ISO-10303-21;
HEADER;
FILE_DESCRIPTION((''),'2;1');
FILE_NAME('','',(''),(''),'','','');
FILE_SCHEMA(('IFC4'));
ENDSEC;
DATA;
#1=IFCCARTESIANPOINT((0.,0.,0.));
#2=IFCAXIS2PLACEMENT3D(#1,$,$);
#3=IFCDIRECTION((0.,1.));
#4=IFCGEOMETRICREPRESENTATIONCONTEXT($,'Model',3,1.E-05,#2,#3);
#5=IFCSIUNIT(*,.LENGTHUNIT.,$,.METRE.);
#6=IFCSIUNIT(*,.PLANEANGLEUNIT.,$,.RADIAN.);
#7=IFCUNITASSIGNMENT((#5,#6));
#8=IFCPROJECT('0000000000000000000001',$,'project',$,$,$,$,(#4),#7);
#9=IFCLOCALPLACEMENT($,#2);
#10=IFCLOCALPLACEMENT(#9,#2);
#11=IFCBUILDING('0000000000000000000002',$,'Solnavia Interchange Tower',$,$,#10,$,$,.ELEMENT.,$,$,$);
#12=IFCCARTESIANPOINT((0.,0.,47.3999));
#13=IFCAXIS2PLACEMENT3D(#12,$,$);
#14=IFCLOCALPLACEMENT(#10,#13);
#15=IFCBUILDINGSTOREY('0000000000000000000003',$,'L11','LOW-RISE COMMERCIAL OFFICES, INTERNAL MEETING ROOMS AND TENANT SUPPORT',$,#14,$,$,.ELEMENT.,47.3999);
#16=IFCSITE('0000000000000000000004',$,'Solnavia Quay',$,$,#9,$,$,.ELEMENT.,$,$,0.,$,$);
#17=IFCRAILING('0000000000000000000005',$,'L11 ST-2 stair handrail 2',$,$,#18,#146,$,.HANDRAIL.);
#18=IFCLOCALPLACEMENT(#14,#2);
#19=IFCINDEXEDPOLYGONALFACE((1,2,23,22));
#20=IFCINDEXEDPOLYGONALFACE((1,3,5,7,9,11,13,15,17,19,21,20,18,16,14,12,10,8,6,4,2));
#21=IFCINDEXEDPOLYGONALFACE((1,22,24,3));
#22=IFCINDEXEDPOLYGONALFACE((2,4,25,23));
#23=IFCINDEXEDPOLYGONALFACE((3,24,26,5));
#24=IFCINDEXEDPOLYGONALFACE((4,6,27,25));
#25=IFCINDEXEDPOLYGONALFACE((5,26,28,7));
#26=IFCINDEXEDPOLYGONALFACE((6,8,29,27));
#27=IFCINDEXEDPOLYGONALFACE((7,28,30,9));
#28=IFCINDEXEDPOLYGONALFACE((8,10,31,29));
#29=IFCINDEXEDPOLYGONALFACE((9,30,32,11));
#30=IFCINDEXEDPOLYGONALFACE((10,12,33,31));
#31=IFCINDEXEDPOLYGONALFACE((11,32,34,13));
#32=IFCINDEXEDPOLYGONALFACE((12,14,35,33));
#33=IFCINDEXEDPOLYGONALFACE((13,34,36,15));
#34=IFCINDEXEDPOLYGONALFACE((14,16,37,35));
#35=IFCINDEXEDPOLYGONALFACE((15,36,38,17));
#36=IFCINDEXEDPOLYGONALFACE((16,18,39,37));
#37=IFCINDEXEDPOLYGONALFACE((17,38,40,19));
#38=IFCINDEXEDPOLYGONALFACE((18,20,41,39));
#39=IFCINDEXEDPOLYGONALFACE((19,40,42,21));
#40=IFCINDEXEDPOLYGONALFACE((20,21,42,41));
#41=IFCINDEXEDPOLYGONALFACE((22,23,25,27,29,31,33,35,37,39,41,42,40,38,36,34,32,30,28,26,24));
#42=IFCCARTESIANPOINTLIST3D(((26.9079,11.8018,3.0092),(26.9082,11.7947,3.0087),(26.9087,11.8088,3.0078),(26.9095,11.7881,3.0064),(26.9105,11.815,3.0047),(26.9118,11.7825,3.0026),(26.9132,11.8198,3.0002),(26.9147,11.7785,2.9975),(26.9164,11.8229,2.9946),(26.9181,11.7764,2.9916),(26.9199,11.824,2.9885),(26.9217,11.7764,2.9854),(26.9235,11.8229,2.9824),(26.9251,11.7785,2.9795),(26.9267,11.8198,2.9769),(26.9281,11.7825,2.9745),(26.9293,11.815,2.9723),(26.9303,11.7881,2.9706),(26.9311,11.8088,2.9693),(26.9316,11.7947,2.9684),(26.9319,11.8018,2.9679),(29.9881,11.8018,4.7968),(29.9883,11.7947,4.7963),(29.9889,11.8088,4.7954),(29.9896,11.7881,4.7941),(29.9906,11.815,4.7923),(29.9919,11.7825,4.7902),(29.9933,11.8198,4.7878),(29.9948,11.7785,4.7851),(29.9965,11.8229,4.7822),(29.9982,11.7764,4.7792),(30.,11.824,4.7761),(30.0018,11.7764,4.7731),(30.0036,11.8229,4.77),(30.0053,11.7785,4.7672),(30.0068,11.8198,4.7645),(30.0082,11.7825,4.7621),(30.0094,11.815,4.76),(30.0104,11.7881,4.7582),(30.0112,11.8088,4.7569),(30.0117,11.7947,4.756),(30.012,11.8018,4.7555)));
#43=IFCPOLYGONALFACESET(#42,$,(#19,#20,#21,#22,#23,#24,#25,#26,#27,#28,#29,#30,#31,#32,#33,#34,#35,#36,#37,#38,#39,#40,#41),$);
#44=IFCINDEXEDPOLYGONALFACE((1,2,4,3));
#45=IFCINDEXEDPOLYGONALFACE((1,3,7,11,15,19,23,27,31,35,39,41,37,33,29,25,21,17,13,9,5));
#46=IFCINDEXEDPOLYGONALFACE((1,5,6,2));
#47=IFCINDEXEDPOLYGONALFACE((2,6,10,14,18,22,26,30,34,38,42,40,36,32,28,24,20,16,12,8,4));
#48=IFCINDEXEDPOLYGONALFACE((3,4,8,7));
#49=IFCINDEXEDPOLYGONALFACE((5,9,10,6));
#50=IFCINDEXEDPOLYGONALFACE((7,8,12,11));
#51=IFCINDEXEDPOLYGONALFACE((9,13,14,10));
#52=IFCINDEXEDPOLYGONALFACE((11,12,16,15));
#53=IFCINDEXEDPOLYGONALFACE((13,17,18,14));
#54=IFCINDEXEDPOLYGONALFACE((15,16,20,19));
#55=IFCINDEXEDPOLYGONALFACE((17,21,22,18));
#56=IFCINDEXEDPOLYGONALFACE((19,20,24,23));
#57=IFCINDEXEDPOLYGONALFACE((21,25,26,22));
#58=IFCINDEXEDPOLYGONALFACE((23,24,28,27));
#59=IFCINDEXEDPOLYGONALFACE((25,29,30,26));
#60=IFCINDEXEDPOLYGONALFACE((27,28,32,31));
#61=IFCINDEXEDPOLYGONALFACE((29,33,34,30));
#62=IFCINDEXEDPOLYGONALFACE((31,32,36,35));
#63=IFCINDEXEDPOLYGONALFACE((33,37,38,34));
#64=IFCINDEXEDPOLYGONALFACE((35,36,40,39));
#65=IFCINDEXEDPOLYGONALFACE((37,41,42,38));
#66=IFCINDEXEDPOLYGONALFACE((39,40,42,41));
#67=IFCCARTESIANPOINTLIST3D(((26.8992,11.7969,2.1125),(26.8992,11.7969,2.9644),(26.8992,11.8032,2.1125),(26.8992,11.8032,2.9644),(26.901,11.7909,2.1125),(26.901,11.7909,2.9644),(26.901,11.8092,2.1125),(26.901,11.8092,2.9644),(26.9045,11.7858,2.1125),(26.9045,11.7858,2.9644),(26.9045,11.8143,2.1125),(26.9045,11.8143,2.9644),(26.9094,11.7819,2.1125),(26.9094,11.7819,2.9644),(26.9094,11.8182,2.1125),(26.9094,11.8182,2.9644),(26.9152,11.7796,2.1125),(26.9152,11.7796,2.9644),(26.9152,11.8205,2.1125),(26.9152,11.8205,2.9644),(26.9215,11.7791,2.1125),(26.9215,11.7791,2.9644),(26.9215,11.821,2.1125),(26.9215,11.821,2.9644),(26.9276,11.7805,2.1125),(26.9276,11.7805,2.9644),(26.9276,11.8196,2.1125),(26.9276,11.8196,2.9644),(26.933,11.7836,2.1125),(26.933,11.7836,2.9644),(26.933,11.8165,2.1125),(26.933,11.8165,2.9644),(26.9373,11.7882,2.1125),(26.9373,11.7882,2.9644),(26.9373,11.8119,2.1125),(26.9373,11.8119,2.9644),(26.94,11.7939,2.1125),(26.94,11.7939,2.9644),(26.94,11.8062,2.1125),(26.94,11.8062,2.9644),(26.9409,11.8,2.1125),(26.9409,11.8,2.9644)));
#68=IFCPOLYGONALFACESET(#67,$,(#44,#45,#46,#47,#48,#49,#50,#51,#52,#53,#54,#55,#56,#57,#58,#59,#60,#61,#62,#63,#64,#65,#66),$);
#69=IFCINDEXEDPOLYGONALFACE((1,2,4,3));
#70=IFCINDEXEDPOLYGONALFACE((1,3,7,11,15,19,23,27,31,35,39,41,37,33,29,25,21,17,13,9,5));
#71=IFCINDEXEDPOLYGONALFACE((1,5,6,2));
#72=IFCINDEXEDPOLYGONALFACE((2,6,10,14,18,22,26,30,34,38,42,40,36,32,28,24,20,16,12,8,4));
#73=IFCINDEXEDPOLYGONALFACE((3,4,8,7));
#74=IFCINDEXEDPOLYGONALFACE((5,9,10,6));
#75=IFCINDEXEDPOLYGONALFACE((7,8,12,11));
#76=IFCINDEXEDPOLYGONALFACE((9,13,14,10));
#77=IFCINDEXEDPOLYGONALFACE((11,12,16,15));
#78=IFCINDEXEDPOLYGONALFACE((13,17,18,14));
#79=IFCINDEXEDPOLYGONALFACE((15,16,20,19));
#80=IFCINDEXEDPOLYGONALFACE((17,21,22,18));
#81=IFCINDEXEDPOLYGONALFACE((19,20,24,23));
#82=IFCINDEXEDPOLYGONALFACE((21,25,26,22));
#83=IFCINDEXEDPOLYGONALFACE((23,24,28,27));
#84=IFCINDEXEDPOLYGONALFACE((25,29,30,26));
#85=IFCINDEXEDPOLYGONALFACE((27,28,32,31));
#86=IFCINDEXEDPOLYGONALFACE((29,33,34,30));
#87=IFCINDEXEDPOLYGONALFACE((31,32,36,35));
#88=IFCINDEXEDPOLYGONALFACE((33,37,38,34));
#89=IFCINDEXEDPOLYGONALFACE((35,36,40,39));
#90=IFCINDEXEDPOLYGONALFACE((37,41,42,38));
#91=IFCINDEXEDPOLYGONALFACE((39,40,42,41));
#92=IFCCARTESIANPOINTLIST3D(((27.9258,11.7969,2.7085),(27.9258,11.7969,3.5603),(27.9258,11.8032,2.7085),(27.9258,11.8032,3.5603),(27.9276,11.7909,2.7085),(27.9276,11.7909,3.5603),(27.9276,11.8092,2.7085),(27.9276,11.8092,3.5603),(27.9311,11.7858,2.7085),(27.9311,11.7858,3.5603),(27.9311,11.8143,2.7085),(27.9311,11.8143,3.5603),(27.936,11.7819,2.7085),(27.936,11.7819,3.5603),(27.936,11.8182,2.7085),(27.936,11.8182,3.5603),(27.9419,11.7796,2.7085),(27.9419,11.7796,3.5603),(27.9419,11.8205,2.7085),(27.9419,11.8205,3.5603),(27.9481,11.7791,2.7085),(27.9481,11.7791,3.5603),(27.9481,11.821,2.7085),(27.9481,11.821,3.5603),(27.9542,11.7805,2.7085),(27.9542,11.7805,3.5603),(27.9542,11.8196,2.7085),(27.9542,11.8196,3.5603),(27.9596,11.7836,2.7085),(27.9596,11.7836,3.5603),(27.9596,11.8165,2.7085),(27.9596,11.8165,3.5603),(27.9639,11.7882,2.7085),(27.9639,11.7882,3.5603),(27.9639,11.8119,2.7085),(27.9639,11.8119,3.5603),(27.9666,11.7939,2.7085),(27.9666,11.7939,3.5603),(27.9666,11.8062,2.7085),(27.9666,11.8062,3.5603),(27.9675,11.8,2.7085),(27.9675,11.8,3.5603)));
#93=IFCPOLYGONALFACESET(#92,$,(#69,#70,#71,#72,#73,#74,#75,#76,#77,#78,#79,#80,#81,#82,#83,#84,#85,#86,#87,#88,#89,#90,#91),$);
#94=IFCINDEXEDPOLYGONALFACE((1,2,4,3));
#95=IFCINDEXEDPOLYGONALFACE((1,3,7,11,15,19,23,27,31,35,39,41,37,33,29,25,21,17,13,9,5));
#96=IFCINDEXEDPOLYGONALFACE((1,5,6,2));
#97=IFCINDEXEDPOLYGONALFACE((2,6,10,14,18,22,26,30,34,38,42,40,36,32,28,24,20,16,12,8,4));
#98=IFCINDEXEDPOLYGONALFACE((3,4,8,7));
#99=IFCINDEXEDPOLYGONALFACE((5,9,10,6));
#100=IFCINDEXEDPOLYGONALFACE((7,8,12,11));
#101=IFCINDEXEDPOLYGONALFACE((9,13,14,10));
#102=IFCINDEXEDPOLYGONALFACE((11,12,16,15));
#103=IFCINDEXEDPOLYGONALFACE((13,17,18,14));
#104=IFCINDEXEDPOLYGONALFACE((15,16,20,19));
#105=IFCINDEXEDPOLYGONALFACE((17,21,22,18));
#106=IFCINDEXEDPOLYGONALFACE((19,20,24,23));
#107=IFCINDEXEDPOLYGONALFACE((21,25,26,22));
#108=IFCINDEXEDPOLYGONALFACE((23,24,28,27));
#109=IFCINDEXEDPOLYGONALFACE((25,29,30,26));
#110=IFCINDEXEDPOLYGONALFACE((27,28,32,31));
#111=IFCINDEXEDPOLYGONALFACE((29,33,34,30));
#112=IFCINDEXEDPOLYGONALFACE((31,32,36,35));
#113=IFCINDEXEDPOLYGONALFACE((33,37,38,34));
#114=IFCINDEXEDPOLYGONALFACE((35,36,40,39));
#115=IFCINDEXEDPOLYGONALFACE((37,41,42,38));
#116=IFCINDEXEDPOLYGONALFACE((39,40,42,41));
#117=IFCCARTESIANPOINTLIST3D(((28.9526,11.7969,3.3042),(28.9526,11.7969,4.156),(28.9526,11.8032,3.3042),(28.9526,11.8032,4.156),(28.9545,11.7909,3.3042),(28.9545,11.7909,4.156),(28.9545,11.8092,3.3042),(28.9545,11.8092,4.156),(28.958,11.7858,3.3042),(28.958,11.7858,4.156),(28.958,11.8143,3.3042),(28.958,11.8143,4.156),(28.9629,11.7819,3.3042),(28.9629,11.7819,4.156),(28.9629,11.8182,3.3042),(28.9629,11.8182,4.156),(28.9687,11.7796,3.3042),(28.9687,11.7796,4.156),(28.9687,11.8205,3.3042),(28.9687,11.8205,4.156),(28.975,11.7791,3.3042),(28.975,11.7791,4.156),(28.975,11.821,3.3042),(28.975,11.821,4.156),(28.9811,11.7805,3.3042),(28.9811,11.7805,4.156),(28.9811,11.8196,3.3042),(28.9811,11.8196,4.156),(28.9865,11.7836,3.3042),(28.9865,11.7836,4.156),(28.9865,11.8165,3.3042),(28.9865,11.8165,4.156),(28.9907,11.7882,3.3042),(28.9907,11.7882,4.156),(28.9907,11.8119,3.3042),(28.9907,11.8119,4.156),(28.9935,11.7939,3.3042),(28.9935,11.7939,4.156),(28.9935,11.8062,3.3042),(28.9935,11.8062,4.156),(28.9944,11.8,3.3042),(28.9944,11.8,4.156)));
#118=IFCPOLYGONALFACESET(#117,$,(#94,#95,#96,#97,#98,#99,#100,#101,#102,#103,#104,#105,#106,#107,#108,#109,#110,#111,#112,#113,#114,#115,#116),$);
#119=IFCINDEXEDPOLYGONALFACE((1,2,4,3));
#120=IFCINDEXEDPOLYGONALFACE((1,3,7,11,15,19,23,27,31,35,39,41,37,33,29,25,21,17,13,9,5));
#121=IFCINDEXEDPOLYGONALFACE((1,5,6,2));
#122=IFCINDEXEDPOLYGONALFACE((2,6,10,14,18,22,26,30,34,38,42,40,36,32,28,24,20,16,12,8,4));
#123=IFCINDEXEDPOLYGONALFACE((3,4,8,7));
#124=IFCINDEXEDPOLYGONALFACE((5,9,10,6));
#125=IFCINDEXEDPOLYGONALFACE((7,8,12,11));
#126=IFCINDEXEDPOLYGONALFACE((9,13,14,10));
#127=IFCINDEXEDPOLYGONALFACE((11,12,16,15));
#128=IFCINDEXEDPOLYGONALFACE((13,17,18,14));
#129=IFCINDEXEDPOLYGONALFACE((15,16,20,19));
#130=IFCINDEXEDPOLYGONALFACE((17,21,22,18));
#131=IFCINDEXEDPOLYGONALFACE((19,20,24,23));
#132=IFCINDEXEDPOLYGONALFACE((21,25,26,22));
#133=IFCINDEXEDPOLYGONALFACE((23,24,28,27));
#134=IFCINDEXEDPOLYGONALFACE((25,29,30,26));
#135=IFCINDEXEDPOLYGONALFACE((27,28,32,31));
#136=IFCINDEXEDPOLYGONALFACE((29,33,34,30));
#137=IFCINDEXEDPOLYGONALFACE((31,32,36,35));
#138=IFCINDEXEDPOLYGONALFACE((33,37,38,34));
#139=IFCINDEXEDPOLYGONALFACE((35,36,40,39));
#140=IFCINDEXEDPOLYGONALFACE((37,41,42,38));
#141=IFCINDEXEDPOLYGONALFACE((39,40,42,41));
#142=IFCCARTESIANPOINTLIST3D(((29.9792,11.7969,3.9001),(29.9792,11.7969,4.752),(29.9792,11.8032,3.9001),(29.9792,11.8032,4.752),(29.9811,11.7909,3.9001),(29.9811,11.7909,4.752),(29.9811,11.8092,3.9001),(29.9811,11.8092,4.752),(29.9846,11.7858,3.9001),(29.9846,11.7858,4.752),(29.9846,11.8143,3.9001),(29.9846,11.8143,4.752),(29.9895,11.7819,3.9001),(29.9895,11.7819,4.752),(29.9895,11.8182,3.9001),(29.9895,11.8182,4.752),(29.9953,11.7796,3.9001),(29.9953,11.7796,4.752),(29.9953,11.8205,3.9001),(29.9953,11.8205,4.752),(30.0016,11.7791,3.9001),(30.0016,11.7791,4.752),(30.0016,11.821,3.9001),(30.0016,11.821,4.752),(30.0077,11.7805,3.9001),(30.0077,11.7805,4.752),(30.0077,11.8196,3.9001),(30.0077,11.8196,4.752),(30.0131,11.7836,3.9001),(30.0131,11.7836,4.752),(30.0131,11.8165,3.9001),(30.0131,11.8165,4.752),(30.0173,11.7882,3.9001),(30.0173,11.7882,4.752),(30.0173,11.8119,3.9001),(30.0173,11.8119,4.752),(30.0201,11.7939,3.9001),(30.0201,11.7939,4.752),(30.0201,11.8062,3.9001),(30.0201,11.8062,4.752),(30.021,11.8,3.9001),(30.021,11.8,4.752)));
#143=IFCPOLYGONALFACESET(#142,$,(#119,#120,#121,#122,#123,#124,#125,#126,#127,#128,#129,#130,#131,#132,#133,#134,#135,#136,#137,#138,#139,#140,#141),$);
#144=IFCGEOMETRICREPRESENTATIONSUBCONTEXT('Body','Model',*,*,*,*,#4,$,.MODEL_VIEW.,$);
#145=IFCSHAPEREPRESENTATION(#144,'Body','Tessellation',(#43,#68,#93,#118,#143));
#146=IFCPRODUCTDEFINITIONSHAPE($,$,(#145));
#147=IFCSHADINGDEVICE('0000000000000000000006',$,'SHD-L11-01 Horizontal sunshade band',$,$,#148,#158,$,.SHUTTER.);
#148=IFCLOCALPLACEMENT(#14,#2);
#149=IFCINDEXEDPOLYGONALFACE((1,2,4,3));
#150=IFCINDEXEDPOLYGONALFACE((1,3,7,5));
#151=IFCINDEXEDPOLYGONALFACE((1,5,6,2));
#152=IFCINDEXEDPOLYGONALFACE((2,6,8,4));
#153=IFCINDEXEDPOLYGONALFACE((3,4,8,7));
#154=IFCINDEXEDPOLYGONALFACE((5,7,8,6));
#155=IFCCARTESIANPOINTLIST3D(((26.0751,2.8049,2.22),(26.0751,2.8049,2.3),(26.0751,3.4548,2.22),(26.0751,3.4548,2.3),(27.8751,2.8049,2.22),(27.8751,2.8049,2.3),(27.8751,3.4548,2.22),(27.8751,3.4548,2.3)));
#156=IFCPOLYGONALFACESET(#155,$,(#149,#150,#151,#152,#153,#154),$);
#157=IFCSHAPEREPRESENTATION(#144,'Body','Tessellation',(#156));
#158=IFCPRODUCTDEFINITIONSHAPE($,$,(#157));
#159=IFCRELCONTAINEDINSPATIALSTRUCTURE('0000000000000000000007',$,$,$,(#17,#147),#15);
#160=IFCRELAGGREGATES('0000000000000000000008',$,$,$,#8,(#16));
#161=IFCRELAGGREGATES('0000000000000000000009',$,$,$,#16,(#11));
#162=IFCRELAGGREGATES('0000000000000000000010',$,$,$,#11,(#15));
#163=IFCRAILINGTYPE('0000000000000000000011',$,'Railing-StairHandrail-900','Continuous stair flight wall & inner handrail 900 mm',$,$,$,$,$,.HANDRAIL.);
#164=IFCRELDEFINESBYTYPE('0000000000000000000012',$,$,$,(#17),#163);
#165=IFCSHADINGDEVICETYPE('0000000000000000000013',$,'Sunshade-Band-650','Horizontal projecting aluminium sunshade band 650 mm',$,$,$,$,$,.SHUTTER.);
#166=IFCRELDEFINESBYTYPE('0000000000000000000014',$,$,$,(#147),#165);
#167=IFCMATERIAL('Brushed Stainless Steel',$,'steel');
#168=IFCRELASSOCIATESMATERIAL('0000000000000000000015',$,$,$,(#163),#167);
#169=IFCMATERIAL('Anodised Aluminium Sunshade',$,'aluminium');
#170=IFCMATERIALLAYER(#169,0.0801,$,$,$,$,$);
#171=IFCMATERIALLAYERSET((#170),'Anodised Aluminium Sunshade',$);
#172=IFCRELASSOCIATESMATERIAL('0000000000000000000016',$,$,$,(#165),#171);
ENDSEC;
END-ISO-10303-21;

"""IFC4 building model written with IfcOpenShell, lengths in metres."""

from ifc_helpers import new_model, si_unit, direction, frame, origin, origin_2d, place, context, subcontext, project, spatial, rectangle, circle, extrude, material, layer, layer_set, type_object, element, save


model = new_model("IFC4")

# Units and contexts
model_context = context("Model", 3, precision=1e-05, world=origin(), true_north=direction((0.0, 1.0)))
body_context = subcontext(model_context, "Body", "Model", "MODEL_VIEW")
ifc_project = project(units=[si_unit("LENGTHUNIT", "METRE"), si_unit("PLANEANGLEUNIT", "RADIAN")], contexts=[model_context])

# Site, building, storey
site_placement = place(None, origin())
site = spatial("IfcSite", under=ifc_project, at=site_placement, Name="Solnavia Quay", CompositionType="ELEMENT", RefElevation=0.0)
building_placement = place(site_placement, origin())
building = spatial("IfcBuilding", under=site, at=building_placement, Name="Solnavia Interchange Tower", CompositionType="ELEMENT")
storey_placement = place(building_placement, frame((0.0, 0.0, 47.3999)))
storey = spatial("IfcBuildingStorey", under=building, at=storey_placement, Name="L11", Description="LOW-RISE COMMERCIAL OFFICES, INTERNAL MEETING ROOMS AND TENANT SUPPORT", CompositionType="ELEMENT", Elevation=47.3999)

# Railing
ifc_material_1 = material(Name="Brushed Stainless Steel", Category="steel")
railing_type_1 = type_object("IfcRailingType", Name="Railing-StairHandrail-900", Description="Continuous stair flight wall & inner handrail 900 mm", PredefinedType="HANDRAIL", material=ifc_material_1)
railing_1_placement = place(storey_placement, frame((26.9199, 11.8, 2.1125)))
element("IfcRailing", 1, at=railing_1_placement, inside=storey, type_object=railing_type_1, Name="L11 ST-2 stair handrail 2", PredefinedType="HANDRAIL", context=body_context, shape_type="SweptSolid", body=[
    extrude(circle(Radius=0.0239, at=origin_2d()), frame((0.0, 0.0, 0.876), z_axis=(0.864891, 0.0, 0.50196), x_axis=(0.0, 1.0, 0.0)), (0.0, 0.0, 1.0), 3.5613),
    extrude(circle(Radius=0.021, at=origin_2d()), origin(), (0.0, 0.0, 1.0), 0.8518),
    extrude(circle(Radius=0.021, at=origin_2d()), frame((1.0266, 0.0, 0.5959)), (0.0, 0.0, 1.0), 0.8518),
    extrude(circle(Radius=0.021, at=origin_2d()), frame((2.0535, 0.0, 1.1917)), (0.0, 0.0, 1.0), 0.8518),
    extrude(circle(Radius=0.021, at=origin_2d()), frame((3.0801, 0.0, 1.7876)), (0.0, 0.0, 1.0), 0.8518),
])

# Shading device
ifc_material_2 = material(Name="Anodised Aluminium Sunshade", Category="aluminium")
ifc_layer_1 = layer(ifc_material_2, 0.0801)
ifc_layer_set_1 = layer_set([ifc_layer_1], Name="Anodised Aluminium Sunshade")
shading_device_type = type_object("IfcShadingDeviceType", Name="Sunshade-Band-650", Description="Horizontal projecting aluminium sunshade band 650 mm", PredefinedType="SHUTTER", material=ifc_layer_set_1)
shading_device_placement = place(storey_placement, frame((26.9751, 3.1299, 2.22), z_axis=(0.0, 0.0, 1.0), x_axis=(-1.0, 0.0, 0.0)))
element("IfcShadingDevice", 2, at=shading_device_placement, inside=storey, type_object=shading_device_type, Name="SHD-L11-01 Horizontal sunshade band", PredefinedType="SHUTTER", context=body_context, shape_type="SweptSolid", body=[
    extrude(rectangle(XDim=1.8, YDim=0.6499, at=origin_2d()), origin(), (0.0, 0.0, 1.0), 0.0801),
])

save(model, "model.ifc")
